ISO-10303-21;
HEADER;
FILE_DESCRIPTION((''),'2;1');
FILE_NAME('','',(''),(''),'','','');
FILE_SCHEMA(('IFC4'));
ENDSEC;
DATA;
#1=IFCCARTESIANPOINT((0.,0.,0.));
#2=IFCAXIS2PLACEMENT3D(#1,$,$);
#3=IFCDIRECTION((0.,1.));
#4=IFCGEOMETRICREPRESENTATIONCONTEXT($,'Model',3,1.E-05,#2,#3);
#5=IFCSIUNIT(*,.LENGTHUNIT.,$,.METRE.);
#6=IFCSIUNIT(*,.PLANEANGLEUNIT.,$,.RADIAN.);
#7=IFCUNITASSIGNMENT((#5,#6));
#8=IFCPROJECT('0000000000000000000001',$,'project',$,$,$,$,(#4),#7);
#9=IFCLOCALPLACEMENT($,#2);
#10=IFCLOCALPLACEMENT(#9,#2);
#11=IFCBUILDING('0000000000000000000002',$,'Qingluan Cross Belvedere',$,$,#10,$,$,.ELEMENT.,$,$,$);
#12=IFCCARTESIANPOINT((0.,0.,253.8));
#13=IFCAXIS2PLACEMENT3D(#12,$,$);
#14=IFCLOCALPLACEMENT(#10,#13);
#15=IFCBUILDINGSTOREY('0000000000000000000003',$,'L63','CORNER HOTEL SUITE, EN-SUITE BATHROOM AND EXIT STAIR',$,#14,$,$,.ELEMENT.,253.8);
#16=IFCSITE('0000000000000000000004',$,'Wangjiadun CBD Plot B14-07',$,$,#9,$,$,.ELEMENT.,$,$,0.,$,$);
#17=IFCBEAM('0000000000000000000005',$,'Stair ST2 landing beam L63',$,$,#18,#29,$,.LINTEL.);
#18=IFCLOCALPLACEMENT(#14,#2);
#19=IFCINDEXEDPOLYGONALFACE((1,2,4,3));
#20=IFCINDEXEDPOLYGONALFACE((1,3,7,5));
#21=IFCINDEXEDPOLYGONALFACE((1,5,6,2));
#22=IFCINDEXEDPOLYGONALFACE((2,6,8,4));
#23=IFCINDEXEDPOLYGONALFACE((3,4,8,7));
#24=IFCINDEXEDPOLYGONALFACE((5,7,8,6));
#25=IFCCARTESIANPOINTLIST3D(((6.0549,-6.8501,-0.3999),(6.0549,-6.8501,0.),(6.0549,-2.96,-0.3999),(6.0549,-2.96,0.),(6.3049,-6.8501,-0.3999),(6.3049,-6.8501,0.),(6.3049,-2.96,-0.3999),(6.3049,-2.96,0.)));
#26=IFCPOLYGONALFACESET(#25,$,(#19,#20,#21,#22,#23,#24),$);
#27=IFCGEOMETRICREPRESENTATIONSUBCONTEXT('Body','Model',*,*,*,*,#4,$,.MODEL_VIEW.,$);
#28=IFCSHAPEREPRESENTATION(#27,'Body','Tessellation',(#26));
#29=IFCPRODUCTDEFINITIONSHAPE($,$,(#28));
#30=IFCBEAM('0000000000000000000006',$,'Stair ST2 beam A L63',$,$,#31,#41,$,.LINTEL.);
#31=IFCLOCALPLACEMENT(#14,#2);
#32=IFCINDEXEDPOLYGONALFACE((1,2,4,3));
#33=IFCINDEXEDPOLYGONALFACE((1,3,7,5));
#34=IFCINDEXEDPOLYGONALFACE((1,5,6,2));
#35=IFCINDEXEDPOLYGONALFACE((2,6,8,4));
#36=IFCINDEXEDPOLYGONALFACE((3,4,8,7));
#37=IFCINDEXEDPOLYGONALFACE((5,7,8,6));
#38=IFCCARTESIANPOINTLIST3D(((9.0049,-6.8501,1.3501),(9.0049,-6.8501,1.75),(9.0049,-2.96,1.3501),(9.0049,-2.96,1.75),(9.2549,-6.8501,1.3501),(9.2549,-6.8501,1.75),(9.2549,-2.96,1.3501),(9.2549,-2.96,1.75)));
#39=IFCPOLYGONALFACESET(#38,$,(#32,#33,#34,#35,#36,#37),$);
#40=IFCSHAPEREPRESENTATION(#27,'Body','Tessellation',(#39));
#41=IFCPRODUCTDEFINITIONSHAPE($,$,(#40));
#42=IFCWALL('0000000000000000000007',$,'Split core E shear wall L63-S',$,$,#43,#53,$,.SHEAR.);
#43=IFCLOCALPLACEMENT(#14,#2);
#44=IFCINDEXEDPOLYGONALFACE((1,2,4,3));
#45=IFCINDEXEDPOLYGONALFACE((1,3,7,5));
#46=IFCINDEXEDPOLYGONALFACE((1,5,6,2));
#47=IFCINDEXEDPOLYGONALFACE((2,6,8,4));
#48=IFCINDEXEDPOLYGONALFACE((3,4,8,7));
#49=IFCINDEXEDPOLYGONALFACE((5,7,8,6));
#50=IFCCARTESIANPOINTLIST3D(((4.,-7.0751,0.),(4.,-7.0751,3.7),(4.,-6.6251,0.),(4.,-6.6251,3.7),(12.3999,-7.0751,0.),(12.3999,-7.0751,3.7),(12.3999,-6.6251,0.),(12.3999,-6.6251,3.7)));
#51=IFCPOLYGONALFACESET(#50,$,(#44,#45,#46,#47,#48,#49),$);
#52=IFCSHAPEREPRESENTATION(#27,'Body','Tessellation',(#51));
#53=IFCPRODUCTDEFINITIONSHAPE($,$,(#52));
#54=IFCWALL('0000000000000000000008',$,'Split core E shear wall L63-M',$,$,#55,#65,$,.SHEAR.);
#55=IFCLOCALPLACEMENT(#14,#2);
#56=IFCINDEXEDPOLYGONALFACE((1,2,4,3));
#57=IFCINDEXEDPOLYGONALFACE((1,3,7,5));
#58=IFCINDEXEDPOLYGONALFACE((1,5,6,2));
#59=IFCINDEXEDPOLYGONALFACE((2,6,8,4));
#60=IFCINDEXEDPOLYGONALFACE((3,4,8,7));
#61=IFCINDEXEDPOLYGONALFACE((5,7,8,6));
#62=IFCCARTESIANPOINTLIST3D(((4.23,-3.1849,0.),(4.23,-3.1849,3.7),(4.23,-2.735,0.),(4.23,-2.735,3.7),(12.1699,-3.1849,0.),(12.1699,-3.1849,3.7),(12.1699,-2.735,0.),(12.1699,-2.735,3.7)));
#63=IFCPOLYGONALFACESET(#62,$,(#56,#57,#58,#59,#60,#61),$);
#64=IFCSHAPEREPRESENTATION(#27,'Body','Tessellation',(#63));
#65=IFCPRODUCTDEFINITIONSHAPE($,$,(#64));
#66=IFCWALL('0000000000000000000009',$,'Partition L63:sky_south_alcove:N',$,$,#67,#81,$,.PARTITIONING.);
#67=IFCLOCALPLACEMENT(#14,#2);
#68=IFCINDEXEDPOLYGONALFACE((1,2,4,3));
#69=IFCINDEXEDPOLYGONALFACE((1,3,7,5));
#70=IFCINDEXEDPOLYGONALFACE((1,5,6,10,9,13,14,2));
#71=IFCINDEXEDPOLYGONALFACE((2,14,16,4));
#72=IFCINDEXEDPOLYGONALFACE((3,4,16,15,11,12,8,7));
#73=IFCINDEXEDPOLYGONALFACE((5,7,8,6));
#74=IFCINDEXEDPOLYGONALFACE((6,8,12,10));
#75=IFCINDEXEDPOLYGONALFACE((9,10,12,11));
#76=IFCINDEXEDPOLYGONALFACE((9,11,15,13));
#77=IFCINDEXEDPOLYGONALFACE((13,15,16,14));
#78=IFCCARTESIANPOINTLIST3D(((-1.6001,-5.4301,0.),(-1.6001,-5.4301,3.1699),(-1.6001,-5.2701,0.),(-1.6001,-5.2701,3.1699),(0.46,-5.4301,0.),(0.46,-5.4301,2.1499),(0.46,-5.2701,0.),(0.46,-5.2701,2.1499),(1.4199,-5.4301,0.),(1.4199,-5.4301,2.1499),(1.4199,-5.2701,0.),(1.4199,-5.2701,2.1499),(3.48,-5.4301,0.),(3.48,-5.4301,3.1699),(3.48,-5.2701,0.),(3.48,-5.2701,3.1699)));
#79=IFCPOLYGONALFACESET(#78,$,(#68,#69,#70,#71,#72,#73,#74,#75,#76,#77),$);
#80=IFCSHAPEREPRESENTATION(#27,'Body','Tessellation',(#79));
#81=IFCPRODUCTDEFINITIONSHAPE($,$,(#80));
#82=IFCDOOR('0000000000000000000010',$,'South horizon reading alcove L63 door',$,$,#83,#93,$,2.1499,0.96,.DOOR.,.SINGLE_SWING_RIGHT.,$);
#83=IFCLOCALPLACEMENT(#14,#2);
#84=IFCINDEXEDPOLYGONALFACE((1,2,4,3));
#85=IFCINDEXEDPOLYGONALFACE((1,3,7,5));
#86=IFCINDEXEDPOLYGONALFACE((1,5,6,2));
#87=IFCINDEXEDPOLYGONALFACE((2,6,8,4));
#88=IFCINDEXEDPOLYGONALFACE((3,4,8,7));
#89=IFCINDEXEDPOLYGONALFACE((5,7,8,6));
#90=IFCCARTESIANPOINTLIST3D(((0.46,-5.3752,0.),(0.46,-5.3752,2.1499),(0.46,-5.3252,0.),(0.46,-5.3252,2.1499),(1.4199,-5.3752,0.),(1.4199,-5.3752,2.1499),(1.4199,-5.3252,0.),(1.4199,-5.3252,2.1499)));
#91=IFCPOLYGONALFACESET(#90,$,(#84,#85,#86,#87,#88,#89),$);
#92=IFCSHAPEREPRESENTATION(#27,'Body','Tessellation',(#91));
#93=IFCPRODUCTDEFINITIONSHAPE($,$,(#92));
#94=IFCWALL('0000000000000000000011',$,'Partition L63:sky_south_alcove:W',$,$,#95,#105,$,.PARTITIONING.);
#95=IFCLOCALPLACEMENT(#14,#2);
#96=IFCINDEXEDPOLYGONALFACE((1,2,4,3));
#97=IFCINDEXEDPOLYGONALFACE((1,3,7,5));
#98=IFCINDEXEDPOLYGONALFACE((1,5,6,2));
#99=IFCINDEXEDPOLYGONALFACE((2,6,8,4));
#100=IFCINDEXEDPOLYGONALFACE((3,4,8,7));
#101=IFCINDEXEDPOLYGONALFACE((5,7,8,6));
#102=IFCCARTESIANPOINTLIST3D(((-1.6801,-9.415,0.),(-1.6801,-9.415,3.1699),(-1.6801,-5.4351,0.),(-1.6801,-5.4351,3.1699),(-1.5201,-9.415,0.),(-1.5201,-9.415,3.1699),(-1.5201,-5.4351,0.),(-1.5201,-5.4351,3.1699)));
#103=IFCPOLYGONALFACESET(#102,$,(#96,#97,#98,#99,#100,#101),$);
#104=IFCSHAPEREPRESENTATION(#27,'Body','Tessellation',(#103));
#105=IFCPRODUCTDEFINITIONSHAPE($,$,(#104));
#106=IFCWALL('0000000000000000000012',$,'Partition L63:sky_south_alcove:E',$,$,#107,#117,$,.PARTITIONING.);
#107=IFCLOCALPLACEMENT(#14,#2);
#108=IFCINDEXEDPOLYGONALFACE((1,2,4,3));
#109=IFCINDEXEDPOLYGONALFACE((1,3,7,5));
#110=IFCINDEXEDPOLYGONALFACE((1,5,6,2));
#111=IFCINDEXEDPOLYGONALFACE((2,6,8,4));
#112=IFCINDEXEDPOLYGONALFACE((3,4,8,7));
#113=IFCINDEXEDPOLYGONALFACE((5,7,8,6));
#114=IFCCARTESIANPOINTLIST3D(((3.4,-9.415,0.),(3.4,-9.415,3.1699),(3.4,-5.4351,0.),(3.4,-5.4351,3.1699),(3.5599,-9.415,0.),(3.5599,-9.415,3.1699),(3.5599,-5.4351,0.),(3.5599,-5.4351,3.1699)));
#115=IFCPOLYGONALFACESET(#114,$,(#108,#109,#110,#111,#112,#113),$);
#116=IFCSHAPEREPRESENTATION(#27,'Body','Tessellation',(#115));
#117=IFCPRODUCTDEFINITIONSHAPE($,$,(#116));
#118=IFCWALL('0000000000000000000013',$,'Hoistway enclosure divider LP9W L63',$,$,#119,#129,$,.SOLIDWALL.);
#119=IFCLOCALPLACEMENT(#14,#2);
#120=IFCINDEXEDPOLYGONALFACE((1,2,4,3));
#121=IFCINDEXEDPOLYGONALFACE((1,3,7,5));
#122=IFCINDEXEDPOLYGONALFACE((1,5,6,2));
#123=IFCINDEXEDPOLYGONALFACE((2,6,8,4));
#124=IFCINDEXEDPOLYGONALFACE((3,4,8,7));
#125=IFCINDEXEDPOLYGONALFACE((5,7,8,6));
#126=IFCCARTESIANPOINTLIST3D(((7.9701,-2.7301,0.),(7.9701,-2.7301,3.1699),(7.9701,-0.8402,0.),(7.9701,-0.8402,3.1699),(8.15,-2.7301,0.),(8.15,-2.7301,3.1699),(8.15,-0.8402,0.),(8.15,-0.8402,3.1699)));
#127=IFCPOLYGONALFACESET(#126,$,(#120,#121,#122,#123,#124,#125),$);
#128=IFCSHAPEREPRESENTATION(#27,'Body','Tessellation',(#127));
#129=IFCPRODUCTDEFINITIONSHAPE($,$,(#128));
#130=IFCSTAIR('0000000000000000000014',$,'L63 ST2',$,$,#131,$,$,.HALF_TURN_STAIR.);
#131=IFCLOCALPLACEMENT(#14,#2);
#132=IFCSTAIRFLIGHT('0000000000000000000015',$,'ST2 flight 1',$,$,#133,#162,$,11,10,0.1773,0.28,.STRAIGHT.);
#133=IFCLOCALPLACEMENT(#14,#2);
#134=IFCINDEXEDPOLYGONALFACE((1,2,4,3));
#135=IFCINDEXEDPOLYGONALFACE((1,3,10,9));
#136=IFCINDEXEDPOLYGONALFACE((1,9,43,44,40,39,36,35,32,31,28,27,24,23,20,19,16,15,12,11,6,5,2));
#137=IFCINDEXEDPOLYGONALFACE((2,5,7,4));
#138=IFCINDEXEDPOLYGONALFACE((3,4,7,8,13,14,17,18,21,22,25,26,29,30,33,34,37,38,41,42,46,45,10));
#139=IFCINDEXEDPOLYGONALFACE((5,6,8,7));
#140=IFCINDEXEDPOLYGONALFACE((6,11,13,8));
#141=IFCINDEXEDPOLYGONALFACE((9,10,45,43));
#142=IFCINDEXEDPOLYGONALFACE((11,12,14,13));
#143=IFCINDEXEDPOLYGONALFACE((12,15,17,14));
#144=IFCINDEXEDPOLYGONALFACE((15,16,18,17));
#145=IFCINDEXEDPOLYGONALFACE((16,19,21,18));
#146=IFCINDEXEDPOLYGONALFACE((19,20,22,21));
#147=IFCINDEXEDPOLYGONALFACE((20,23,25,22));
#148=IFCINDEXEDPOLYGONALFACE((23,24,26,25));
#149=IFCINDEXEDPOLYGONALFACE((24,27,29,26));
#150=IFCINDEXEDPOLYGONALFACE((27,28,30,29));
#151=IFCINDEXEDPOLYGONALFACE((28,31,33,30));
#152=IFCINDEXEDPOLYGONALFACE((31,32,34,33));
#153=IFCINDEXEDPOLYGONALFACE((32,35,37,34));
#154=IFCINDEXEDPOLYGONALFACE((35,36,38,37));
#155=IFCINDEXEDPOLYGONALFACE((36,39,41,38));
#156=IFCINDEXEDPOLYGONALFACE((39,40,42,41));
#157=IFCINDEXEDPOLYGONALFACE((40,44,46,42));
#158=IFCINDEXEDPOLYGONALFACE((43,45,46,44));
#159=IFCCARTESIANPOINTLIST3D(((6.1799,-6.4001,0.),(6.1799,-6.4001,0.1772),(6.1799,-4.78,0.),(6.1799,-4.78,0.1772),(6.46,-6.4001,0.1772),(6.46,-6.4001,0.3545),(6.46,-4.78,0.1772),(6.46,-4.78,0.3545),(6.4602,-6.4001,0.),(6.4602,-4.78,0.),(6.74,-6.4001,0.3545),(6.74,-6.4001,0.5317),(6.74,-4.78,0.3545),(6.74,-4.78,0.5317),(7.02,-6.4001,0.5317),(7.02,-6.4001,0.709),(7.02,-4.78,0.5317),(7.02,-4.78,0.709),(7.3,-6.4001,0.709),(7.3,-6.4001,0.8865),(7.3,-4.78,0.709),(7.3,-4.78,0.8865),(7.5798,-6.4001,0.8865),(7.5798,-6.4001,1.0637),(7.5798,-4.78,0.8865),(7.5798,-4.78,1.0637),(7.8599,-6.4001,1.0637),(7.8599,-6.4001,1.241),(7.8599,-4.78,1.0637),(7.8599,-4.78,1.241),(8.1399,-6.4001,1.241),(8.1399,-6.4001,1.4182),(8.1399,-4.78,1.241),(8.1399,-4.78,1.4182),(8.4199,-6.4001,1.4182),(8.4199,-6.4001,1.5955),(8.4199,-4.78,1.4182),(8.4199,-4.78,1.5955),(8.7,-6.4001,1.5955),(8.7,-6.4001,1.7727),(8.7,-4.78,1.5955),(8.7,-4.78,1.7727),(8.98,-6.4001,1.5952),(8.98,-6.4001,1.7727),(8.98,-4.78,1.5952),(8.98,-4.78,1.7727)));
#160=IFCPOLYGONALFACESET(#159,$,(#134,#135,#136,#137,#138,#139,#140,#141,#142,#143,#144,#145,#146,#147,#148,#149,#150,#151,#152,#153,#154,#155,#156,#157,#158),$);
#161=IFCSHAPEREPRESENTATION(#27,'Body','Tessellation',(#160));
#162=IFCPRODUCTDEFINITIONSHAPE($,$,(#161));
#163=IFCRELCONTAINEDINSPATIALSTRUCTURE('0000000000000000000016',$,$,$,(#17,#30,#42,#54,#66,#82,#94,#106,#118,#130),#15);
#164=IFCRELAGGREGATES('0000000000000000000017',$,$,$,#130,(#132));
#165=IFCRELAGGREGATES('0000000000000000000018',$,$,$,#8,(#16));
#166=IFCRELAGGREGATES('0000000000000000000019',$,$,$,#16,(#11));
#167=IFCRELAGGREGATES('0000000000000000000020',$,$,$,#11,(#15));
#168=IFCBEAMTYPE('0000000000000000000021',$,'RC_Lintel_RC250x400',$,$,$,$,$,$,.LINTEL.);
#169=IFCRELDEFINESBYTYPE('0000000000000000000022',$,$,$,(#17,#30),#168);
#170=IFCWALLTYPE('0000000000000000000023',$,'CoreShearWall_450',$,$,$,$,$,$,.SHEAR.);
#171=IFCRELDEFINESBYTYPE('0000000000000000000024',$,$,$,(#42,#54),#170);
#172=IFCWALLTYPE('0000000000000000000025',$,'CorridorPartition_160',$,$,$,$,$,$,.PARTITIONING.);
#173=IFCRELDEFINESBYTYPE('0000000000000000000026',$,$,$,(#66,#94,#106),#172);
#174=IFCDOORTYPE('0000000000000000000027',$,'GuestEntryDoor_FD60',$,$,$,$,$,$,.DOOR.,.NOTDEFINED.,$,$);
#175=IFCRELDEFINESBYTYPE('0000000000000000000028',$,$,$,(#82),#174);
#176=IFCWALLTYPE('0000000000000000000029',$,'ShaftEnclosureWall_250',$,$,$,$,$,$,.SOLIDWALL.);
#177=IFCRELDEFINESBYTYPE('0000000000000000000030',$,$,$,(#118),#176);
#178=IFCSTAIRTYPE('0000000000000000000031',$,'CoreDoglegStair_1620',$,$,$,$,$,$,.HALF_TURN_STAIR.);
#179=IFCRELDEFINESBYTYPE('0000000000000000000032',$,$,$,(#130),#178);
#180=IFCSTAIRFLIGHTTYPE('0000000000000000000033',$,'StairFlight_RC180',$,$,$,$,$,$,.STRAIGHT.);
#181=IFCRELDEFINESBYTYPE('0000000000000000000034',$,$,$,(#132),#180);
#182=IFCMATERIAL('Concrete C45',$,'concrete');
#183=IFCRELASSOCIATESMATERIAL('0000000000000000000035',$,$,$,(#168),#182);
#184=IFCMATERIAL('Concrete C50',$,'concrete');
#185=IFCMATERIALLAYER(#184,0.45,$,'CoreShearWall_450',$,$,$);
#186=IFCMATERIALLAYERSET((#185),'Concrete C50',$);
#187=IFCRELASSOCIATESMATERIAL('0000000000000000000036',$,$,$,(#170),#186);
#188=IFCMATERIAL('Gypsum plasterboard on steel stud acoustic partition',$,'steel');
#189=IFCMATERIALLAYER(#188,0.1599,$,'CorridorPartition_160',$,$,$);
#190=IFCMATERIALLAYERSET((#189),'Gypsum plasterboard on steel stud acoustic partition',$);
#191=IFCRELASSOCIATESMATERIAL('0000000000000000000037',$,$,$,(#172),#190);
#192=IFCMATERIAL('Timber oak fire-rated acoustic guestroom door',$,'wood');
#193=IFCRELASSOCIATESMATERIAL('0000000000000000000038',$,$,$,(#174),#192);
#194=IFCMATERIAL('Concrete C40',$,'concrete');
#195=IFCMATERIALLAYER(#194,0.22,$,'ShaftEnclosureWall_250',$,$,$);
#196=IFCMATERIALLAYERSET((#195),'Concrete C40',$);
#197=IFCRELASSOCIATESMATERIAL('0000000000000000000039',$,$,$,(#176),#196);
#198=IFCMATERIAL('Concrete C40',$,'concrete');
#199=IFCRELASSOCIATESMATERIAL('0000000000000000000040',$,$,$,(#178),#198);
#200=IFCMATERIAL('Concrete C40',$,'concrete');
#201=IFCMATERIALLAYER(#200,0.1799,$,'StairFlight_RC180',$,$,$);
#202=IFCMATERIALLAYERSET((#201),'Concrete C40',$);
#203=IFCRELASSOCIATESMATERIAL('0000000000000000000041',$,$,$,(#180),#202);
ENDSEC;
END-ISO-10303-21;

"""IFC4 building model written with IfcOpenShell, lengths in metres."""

from ifc_helpers import new_model, si_unit, direction, frame, frame_2d, origin, origin_2d, place, context, subcontext, project, spatial, polyline, rectangle, outline, extrude, material, layer, layer_set, material_profile, profile_set, type_object, element, fill, aggregate, save


model = new_model("IFC4")

# Units and contexts
model_context = context("Model", 3, precision=1e-05, world=origin(), true_north=direction((0.0, 1.0)))
body_context = subcontext(model_context, "Body", "Model", "MODEL_VIEW")
ifc_project = project(units=[si_unit("LENGTHUNIT", "METRE"), si_unit("PLANEANGLEUNIT", "RADIAN")], contexts=[model_context])

# Site, building, storey
site_placement = place(None, origin())
site = spatial("IfcSite", under=ifc_project, at=site_placement, Name="Wangjiadun CBD Plot B14-07", CompositionType="ELEMENT", RefElevation=0.0)
building_placement = place(site_placement, origin())
building = spatial("IfcBuilding", under=site, at=building_placement, Name="Qingluan Cross Belvedere", CompositionType="ELEMENT")
storey_placement = place(building_placement, frame((0.0, 0.0, 253.8)))
storey = spatial("IfcBuildingStorey", under=building, at=storey_placement, Name="L63", Description="CORNER HOTEL SUITE, EN-SUITE BATHROOM AND EXIT STAIR", CompositionType="ELEMENT", Elevation=253.8)

# Beams
ifc_material_1 = material(Name="Concrete C45", Category="concrete")
ifc_material_profile = material_profile(ifc_material_1, rectangle(XDim=0.25, YDim=0.3999, at=origin_2d()), Name="RC250x400")
ifc_profile_set = profile_set([ifc_material_profile], Name="Concrete C45")
beam_type = type_object("IfcBeamType", Name="RC_Lintel_RC250x400", PredefinedType="LINTEL", material=ifc_profile_set)
for number, where, z_axis, x_axis, name in (
    (1, (6.1799, -6.8501, -0.2), (0.0, 1.0, 0.0), (-1.0, 0.0, 0.0), "Stair ST2 landing beam L63"),
    (2, (9.1299, -6.8501, 1.55), (0.0, 1.0, 0.0), (-1.0, 0.0, 0.0), "Stair ST2 beam A L63"),
):
    element("IfcBeam", number, at=place(storey_placement, frame(where, z_axis=z_axis, x_axis=x_axis)), inside=storey, type_object=beam_type, Name=name, PredefinedType="LINTEL", context=body_context, shape_type="SweptSolid", body=[
        extrude(rectangle(XDim=0.25, YDim=0.3999, at=origin_2d()), origin(), (0.0, 0.0, 1.0), 3.8901),
    ])

# Wall
ifc_material_2 = material(Name="Concrete C50", Category="concrete")
ifc_layer_1 = layer(ifc_material_2, 0.45, Name="CoreShearWall_450")
ifc_layer_set_1 = layer_set([ifc_layer_1], Name="Concrete C50")
wall_type_1 = type_object("IfcWallType", Name="CoreShearWall_450", PredefinedType="SHEAR", material=ifc_layer_set_1)
wall_1_placement = place(storey_placement, frame((4.0, -6.8501, 0.0), z_axis=(0.0, 0.0, 1.0), x_axis=(1.0, 0.0, 0.0)))
element("IfcWall", 3, at=wall_1_placement, inside=storey, type_object=wall_type_1, Name="Split core E shear wall L63-S", PredefinedType="SHEAR", context=body_context, shape_type="SweptSolid", body=[
    extrude(rectangle(XDim=8.3999, YDim=0.45, at=frame_2d((4.2, 0.0))), origin(), (0.0, 0.0, 1.0), 3.7),
])

# Wall
wall_2_placement = place(storey_placement, frame((4.23, -2.96, 0.0), z_axis=(0.0, 0.0, 1.0), x_axis=(1.0, 0.0, 0.0)))
element("IfcWall", 4, at=wall_2_placement, inside=storey, type_object=wall_type_1, Name="Split core E shear wall L63-M", PredefinedType="SHEAR", context=body_context, shape_type="SweptSolid", body=[
    extrude(rectangle(XDim=7.9399, YDim=0.45, at=frame_2d((3.97, 0.0))), origin(), (0.0, 0.0, 1.0), 3.7),
])

# Wall, opening, door
ifc_material_3 = material(Name="Gypsum plasterboard on steel stud acoustic partition", Category="steel")
ifc_layer_2 = layer(ifc_material_3, 0.1599, Name="CorridorPartition_160")
ifc_layer_set_2 = layer_set([ifc_layer_2], Name="Gypsum plasterboard on steel stud acoustic partition")
wall_type_2 = type_object("IfcWallType", Name="CorridorPartition_160", PredefinedType="PARTITIONING", material=ifc_layer_set_2)
wall_3_placement = place(storey_placement, frame((-1.6001, -5.3501, 0.0), z_axis=(0.0, 0.0, 1.0), x_axis=(1.0, 0.0, 0.0)))
wall_3 = element("IfcWall", 5, at=wall_3_placement, inside=storey, type_object=wall_type_2, Name="Partition L63:sky_south_alcove:N", PredefinedType="PARTITIONING", context=body_context, shape_type="SweptSolid", body=[
    extrude(rectangle(XDim=5.0801, YDim=0.1599, at=frame_2d((2.54, 0.0))), origin(), (0.0, 0.0, 1.0), 3.1699),
])
opening_1_placement = place(wall_3_placement, frame((2.0601, 0.0, 0.0)))
opening_1 = element("IfcOpeningElement", 6, at=opening_1_placement, cuts=wall_3, PredefinedType="OPENING", context=body_context, shape_type="SweptSolid", body=[
    extrude(rectangle(XDim=0.96, YDim=2.1499, at=frame_2d((0.48, 1.075))), frame((0.0, 0.0898, 0.0), z_axis=(0.0, -1.0, 0.0), x_axis=(1.0, 0.0, 0.0)), (0.0, 0.0, 1.0), 0.1799),
])
ifc_material_4 = material(Name="Timber oak fire-rated acoustic guestroom door", Category="wood")
door_type_1 = type_object("IfcDoorType", Name="GuestEntryDoor_FD60", OperationType="NOTDEFINED", PredefinedType="DOOR", material=ifc_material_4)
door_1_placement = place(opening_1_placement, origin())
door_1 = element("IfcDoor", 7, at=door_1_placement, inside=storey, type_object=door_type_1, Name="South horizon reading alcove L63 door", OperationType="SINGLE_SWING_RIGHT", OverallHeight=2.1499, OverallWidth=0.96, PredefinedType="DOOR", context=body_context, shape_type="SweptSolid", body=[
    extrude(rectangle(XDim=0.96, YDim=2.1499, at=frame_2d((0.48, 1.075))), frame((0.0, 0.0249, 0.0), z_axis=(0.0, -1.0, 0.0), x_axis=(1.0, 0.0, 0.0)), (0.0, 0.0, 1.0), 0.05),
])
fill(opening_1, door_1)

# Walls
for number, where, z_axis, x_axis, name in (
    (8, (-1.6001, -9.415, 0.0), (0.0, 0.0, 1.0), (0.0, 1.0, 0.0), "Partition L63:sky_south_alcove:W"),
    (9, (3.48, -9.415, 0.0), (0.0, 0.0, 1.0), (0.0, 1.0, 0.0), "Partition L63:sky_south_alcove:E"),
):
    element("IfcWall", number, at=place(storey_placement, frame(where, z_axis=z_axis, x_axis=x_axis)), inside=storey, type_object=wall_type_2, Name=name, PredefinedType="PARTITIONING", context=body_context, shape_type="SweptSolid", body=[
        extrude(rectangle(XDim=3.98, YDim=0.1599, at=frame_2d((1.99, 0.0))), origin(), (0.0, 0.0, 1.0), 3.1699),
    ])

# Wall
ifc_material_5 = material(Name="Concrete C40", Category="concrete")
ifc_layer_3 = layer(ifc_material_5, 0.22, Name="ShaftEnclosureWall_250")
ifc_layer_set_3 = layer_set([ifc_layer_3], Name="Concrete C40")
wall_type_3 = type_object("IfcWallType", Name="ShaftEnclosureWall_250", PredefinedType="SOLIDWALL", material=ifc_layer_set_3)
wall_4_placement = place(storey_placement, frame((8.0601, -2.73, 0.0), z_axis=(0.0, 0.0, 1.0), x_axis=(0.0, 1.0, 0.0)))
element("IfcWall", 10, at=wall_4_placement, inside=storey, type_object=wall_type_3, Name="Hoistway enclosure divider LP9W L63", PredefinedType="SOLIDWALL", context=body_context, shape_type="SweptSolid", body=[
    extrude(rectangle(XDim=1.8899, YDim=0.1799, at=frame_2d((0.9448, 0.0))), origin(), (0.0, 0.0, 1.0), 3.1699),
])

# Stair, stair flight
ifc_material_6 = material(Name="Concrete C40", Category="concrete")
stair_type = type_object("IfcStairType", Name="CoreDoglegStair_1620", PredefinedType="HALF_TURN_STAIR", material=ifc_material_6)
stair_placement = place(storey_placement, origin())
stair = element("IfcStair", 11, at=stair_placement, inside=storey, type_object=stair_type, Name="L63 ST2", PredefinedType="HALF_TURN_STAIR")
ifc_material_7 = material(Name="Concrete C40", Category="concrete")
ifc_layer_4 = layer(ifc_material_7, 0.1799, Name="StairFlight_RC180")
ifc_layer_set_4 = layer_set([ifc_layer_4], Name="Concrete C40")
stair_flight_type = type_object("IfcStairFlightType", Name="StairFlight_RC180", PredefinedType="STRAIGHT", material=ifc_layer_set_4)
stair_flight_1_placement = place(storey_placement, frame((6.1799, -5.5901, 0.0), z_axis=(0.0, 0.0, 1.0), x_axis=(1.0, 0.0, 0.0)))
stair_flight_1 = element("IfcStairFlight", 12, at=stair_flight_1_placement, type_object=stair_flight_type, Name="ST2 flight 1", NumberOfRisers=11, NumberOfTreads=10, PredefinedType="STRAIGHT", RiserHeight=0.1773, TreadLength=0.28, context=body_context, shape_type="SweptSolid", body=[
    extrude(outline(polyline([(0.0, 0.0), (0.0, 0.1772), (0.28, 0.1772), (0.28, 0.3545), (0.5601, 0.3545), (0.5601, 0.5317), (0.8401, 0.5317), (0.8401, 0.709), (1.1201, 0.709), (1.1201, 0.8865), (1.3999, 0.8865), (1.3999, 1.0637), (1.6799, 1.0637), (1.6799, 1.241), (1.96, 1.241), (1.96, 1.4182), (2.24, 1.4182), (2.24, 1.5955), (2.52, 1.5955), (2.52, 1.7727), (2.8, 1.7727), (2.8, 1.95), (2.8, 1.5952), (0.2803, 0.0), (0.0, 0.0)])), frame((0.0, 0.8101, 0.0), z_axis=(0.0, -1.0, 0.0), x_axis=(1.0, 0.0, 0.0)), (0.0, 0.0, 1.0), 1.6201),
])
aggregate(stair, [stair_flight_1])

save(model, "model.ifc")
